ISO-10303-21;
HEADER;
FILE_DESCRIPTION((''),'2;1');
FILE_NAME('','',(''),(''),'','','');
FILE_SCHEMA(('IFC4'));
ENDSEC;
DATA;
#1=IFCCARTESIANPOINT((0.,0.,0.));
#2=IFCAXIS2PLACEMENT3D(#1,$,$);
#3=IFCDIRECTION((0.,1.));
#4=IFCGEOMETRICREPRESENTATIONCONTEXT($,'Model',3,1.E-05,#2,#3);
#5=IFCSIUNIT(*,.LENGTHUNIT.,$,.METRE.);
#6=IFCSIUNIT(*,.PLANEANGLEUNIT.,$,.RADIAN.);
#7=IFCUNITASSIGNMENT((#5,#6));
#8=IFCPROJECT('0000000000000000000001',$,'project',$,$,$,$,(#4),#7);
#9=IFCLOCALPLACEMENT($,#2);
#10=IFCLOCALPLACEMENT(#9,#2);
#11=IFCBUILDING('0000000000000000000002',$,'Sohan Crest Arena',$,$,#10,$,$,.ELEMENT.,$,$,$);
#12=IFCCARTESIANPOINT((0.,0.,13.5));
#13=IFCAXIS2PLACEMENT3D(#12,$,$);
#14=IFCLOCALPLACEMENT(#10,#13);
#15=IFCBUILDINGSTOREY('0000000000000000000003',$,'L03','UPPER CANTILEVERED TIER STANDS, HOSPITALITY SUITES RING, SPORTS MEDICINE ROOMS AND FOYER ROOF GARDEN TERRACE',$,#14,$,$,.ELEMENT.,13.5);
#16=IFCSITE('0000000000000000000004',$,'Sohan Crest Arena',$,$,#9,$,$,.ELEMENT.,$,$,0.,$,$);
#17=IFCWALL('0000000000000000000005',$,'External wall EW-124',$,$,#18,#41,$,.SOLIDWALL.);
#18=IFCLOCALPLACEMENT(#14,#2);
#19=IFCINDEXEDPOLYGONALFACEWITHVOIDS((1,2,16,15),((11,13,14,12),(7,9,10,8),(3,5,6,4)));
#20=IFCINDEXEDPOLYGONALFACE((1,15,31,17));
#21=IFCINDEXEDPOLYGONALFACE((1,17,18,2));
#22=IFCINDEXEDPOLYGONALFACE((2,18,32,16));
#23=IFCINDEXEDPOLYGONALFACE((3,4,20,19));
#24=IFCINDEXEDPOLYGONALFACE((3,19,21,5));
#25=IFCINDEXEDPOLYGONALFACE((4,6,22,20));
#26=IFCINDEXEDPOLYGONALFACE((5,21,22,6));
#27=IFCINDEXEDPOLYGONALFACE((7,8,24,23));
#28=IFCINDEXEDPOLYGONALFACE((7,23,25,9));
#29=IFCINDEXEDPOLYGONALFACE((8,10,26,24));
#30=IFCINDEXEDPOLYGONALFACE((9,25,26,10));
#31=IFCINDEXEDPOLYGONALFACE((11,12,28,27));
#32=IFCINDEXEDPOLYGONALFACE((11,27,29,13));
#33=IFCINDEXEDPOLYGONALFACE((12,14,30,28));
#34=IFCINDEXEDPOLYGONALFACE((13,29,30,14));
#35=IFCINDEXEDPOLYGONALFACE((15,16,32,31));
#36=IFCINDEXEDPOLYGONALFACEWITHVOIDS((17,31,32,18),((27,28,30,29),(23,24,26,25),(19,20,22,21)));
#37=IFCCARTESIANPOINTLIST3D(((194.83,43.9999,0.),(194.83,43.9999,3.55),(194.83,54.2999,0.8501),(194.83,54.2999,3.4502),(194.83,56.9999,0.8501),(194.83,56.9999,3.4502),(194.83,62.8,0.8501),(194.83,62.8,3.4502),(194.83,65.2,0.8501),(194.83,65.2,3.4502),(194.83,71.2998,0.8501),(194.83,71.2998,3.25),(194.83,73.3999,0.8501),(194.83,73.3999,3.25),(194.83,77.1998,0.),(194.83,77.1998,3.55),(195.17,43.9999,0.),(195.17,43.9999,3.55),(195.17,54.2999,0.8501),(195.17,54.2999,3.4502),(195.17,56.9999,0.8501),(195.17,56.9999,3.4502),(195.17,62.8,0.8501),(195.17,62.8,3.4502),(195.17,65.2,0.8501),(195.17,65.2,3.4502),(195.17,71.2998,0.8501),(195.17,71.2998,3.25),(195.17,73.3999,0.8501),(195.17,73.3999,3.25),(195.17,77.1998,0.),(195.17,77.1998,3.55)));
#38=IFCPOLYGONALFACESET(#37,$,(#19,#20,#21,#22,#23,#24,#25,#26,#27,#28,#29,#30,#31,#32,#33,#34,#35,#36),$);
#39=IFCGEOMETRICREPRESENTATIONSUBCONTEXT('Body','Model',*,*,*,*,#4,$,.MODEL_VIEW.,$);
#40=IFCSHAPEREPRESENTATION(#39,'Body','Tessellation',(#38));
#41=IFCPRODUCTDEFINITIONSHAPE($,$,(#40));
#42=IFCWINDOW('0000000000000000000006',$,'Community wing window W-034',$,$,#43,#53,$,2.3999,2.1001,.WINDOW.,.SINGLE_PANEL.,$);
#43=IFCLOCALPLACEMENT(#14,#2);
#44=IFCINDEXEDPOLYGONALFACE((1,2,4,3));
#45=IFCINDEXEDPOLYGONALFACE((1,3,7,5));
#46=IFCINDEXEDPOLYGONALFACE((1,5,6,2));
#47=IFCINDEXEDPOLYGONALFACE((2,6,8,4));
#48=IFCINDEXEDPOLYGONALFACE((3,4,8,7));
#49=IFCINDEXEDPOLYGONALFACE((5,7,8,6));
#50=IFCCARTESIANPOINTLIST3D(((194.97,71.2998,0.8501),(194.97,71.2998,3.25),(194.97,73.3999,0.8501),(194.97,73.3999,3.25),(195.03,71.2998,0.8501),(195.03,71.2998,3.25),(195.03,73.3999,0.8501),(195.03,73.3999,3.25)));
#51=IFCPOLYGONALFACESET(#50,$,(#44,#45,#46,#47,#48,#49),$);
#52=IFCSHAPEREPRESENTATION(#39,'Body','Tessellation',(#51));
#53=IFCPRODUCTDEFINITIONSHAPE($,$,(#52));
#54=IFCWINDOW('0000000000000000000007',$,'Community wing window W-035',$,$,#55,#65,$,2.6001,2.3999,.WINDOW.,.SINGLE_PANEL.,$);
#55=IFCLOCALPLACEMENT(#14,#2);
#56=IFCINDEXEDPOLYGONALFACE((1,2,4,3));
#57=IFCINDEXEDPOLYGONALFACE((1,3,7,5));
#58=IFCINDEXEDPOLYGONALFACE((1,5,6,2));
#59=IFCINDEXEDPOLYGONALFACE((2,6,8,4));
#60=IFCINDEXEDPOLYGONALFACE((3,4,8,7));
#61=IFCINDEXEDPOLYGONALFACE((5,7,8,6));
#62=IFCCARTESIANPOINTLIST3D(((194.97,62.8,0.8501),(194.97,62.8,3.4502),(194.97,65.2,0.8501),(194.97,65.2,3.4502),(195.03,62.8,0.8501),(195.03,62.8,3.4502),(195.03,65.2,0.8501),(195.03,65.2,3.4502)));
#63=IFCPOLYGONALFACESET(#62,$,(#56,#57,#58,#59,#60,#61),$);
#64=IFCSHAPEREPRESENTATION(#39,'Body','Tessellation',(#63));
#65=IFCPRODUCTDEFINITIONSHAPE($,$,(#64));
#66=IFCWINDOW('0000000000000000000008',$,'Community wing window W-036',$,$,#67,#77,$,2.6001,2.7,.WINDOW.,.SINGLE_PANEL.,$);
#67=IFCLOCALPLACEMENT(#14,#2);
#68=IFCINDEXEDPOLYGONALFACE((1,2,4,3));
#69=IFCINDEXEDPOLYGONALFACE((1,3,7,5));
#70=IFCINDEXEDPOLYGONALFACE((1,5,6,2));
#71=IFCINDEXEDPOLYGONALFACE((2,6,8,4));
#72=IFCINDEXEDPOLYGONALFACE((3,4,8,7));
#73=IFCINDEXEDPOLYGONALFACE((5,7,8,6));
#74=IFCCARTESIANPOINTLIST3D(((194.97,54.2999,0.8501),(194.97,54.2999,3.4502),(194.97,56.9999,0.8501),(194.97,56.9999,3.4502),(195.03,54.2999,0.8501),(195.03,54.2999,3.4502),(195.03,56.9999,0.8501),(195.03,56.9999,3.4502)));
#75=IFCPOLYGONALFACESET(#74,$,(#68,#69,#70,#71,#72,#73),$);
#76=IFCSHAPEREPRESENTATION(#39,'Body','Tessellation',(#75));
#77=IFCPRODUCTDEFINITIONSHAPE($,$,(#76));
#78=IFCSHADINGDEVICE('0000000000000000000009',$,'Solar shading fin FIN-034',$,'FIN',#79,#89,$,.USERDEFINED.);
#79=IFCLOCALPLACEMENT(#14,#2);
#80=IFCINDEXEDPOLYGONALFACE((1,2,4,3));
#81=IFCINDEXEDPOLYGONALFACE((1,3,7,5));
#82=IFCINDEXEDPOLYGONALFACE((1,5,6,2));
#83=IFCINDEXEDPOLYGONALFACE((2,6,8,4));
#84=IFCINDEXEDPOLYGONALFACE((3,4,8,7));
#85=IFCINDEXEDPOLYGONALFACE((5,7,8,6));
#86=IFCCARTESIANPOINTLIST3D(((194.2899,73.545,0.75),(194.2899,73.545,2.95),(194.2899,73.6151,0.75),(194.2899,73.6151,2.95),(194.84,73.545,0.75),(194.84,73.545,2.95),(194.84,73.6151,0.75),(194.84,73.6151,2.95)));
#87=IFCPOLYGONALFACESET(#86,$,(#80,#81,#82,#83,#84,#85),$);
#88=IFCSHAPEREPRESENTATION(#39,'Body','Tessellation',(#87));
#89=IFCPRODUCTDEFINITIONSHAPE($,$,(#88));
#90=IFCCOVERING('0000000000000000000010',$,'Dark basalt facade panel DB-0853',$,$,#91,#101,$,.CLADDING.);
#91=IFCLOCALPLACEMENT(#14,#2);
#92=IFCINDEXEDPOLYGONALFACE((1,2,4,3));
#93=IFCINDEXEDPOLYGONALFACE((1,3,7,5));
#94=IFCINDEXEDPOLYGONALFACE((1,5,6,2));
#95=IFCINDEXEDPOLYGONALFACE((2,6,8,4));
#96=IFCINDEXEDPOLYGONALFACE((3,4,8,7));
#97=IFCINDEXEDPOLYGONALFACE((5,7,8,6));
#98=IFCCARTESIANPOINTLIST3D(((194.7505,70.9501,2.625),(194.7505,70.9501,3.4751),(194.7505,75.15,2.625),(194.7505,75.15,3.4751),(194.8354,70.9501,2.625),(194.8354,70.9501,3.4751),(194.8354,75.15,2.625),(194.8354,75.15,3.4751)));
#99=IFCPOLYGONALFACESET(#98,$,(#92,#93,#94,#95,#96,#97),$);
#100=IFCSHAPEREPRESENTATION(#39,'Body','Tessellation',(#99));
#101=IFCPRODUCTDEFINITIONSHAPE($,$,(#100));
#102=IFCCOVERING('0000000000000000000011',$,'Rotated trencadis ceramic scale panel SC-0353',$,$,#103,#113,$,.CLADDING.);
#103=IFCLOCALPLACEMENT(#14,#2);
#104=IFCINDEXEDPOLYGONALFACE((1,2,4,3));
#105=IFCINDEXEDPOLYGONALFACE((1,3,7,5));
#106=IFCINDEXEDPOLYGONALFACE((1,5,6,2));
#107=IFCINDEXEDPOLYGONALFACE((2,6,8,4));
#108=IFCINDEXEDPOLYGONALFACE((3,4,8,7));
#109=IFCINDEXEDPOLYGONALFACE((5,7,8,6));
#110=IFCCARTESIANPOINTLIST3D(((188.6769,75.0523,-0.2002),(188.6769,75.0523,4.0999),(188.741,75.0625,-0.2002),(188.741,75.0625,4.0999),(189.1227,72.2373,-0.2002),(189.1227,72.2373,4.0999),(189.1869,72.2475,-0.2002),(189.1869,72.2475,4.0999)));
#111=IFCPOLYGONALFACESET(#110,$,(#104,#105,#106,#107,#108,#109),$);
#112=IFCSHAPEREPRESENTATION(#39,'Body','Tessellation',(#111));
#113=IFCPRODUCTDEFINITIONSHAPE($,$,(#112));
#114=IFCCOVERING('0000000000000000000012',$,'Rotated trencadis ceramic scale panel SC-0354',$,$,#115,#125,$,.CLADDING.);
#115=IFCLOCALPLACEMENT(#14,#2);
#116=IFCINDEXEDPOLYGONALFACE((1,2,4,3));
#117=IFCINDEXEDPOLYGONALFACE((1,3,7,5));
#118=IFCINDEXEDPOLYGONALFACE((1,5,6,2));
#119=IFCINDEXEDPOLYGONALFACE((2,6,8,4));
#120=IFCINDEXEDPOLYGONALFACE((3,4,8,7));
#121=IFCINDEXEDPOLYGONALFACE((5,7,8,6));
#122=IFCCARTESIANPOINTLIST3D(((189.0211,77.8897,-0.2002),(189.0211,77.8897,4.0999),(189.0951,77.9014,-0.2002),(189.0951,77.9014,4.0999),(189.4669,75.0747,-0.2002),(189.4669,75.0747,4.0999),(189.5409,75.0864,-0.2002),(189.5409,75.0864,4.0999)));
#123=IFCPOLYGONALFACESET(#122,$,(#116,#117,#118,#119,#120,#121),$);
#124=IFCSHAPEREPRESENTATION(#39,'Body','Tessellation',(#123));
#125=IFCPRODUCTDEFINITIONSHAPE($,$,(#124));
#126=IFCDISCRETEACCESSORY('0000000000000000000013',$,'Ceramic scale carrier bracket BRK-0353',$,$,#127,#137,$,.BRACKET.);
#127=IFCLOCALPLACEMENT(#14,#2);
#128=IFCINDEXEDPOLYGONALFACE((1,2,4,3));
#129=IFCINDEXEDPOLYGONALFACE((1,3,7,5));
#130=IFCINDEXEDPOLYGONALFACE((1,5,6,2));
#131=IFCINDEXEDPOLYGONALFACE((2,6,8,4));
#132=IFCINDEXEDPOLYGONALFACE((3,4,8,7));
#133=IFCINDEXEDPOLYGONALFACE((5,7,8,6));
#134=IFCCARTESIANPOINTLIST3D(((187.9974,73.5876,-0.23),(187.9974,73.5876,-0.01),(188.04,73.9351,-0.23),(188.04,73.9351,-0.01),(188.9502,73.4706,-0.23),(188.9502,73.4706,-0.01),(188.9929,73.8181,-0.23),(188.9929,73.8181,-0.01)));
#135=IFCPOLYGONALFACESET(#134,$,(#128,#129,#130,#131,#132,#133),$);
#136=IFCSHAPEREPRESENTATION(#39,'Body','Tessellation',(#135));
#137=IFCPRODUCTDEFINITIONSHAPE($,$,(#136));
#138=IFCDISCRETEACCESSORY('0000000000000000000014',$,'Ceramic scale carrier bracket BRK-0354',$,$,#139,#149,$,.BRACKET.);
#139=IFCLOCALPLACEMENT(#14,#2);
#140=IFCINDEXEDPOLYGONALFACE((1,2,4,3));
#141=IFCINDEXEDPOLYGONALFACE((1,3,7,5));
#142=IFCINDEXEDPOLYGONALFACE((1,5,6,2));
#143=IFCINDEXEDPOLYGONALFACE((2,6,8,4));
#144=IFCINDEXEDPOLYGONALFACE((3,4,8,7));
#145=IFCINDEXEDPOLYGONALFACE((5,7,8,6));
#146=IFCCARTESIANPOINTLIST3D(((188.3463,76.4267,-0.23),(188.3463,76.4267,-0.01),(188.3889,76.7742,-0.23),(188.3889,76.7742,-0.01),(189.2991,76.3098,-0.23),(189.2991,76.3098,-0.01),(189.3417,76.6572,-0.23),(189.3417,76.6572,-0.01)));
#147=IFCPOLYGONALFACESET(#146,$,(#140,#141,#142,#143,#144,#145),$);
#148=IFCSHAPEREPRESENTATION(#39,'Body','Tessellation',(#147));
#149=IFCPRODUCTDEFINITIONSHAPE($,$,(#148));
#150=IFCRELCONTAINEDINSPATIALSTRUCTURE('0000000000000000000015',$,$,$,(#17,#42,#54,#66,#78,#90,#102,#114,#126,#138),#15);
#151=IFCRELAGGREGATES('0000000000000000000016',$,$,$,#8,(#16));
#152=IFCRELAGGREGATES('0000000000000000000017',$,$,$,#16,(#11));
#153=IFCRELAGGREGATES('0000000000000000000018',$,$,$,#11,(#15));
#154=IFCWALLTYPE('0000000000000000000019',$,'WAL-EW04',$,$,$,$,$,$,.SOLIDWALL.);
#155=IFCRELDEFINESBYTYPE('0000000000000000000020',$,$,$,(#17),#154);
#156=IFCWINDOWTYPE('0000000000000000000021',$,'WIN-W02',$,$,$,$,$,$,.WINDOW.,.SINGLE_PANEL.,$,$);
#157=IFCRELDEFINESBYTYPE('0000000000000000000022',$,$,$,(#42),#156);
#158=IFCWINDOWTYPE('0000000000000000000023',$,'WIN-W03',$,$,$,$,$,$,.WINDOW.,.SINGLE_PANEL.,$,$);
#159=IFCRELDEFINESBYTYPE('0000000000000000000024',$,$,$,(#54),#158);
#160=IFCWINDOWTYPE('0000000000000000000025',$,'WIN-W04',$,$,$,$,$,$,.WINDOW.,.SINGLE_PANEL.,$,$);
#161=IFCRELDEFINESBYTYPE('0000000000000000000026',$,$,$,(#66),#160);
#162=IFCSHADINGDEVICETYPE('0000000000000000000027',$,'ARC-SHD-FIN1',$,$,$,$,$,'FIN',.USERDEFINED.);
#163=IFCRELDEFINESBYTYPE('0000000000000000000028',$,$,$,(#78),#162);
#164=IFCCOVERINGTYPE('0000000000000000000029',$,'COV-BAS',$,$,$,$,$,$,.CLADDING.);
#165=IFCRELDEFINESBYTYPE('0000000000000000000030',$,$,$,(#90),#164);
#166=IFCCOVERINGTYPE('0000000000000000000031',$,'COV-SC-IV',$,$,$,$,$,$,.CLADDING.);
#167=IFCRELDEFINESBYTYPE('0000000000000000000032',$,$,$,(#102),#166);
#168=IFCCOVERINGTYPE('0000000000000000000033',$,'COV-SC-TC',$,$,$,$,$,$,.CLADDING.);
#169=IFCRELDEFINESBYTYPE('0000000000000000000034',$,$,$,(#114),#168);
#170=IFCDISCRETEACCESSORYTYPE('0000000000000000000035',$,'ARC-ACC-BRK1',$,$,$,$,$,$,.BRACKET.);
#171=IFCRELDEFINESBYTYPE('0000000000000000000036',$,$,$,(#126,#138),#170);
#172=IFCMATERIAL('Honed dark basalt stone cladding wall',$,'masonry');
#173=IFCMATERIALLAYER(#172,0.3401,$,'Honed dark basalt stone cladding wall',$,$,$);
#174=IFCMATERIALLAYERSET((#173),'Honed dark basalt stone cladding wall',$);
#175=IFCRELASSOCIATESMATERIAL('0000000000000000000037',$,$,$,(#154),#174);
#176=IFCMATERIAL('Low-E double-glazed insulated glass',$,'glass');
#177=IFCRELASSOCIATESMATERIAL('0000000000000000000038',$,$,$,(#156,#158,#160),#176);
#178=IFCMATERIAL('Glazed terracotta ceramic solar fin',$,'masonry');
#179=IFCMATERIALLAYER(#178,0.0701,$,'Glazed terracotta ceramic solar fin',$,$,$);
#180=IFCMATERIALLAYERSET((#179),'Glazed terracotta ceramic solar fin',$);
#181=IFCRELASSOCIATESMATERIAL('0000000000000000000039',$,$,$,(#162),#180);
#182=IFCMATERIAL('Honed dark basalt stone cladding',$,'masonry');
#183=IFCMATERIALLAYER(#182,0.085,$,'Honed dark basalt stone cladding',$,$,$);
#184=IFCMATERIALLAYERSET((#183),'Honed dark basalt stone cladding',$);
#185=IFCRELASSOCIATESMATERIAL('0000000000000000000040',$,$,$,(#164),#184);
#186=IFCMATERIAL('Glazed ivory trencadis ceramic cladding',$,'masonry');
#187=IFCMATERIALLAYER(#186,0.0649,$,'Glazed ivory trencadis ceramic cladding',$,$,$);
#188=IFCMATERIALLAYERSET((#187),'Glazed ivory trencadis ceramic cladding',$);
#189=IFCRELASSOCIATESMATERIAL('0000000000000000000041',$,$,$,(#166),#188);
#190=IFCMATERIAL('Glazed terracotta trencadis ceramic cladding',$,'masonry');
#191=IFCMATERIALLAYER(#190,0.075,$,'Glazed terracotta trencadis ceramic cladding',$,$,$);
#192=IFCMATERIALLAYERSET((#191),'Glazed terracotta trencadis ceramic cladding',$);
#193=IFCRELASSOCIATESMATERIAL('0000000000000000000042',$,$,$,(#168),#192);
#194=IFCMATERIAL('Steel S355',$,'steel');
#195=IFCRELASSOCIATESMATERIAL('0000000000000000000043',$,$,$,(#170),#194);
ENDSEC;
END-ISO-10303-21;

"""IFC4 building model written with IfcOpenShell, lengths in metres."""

from ifc_helpers import new_model, si_unit, direction, frame, frame_2d, origin, origin_2d, place, context, subcontext, project, spatial, rectangle, extrude, material, layer, layer_set, type_object, element, fill, save


model = new_model("IFC4")

# Units and contexts
model_context = context("Model", 3, precision=1e-05, world=origin(), true_north=direction((0.0, 1.0)))
body_context = subcontext(model_context, "Body", "Model", "MODEL_VIEW")
ifc_project = project(units=[si_unit("LENGTHUNIT", "METRE"), si_unit("PLANEANGLEUNIT", "RADIAN")], contexts=[model_context])

# Site, building, storey
site_placement = place(None, origin())
site = spatial("IfcSite", under=ifc_project, at=site_placement, Name="Sohan Crest Arena", CompositionType="ELEMENT", RefElevation=0.0)
building_placement = place(site_placement, origin())
building = spatial("IfcBuilding", under=site, at=building_placement, Name="Sohan Crest Arena", CompositionType="ELEMENT")
storey_placement = place(building_placement, frame((0.0, 0.0, 13.5)))
storey = spatial("IfcBuildingStorey", under=building, at=storey_placement, Name="L03", Description="UPPER CANTILEVERED TIER STANDS, HOSPITALITY SUITES RING, SPORTS MEDICINE ROOMS AND FOYER ROOF GARDEN TERRACE", CompositionType="ELEMENT", Elevation=13.5)

# Wall, openings, windows
ifc_material_1 = material(Name="Honed dark basalt stone cladding wall", Category="masonry")
ifc_layer_1 = layer(ifc_material_1, 0.3401, Name="Honed dark basalt stone cladding wall")
ifc_layer_set_1 = layer_set([ifc_layer_1], Name="Honed dark basalt stone cladding wall")
wall_type = type_object("IfcWallType", Name="WAL-EW04", PredefinedType="SOLIDWALL", material=ifc_layer_set_1)
wall_placement = place(storey_placement, frame((195.0, 77.2, 0.0), z_axis=(0.0, 0.0, 1.0), x_axis=(0.0, -1.0, 0.0)))
wall = element("IfcWall", 1, at=wall_placement, inside=storey, type_object=wall_type, Name="External wall EW-124", PredefinedType="SOLIDWALL", context=body_context, shape_type="SweptSolid", body=[
    extrude(rectangle(XDim=33.2, YDim=0.3401, at=frame_2d((16.6001, 0.0))), origin(), (0.0, 0.0, 1.0), 3.55),
])
opening_1_placement = place(wall_placement, frame((3.8, 0.0, 0.8501)))
opening_1 = element("IfcOpeningElement", 2, at=opening_1_placement, cuts=wall, PredefinedType="OPENING", context=body_context, shape_type="SweptSolid", body=[
    extrude(rectangle(XDim=2.1001, YDim=2.3999, at=frame_2d((1.05, 1.2))), frame((0.0, 0.1799, 0.0), z_axis=(0.0, -1.0, 0.0), x_axis=(1.0, 0.0, 0.0)), (0.0, 0.0, 1.0), 0.3601),
])
opening_2_placement = place(wall_placement, frame((12.0, 0.0, 0.8501)))
opening_2 = element("IfcOpeningElement", 3, at=opening_2_placement, cuts=wall, PredefinedType="OPENING", context=body_context, shape_type="SweptSolid", body=[
    extrude(rectangle(XDim=2.3999, YDim=2.6001, at=frame_2d((1.2, 1.3))), frame((0.0, 0.1799, 0.0), z_axis=(0.0, -1.0, 0.0), x_axis=(1.0, 0.0, 0.0)), (0.0, 0.0, 1.0), 0.3601),
])
opening_3_placement = place(wall_placement, frame((20.2, 0.0, 0.8501)))
opening_3 = element("IfcOpeningElement", 4, at=opening_3_placement, cuts=wall, PredefinedType="OPENING", context=body_context, shape_type="SweptSolid", body=[
    extrude(rectangle(XDim=2.7, YDim=2.6001, at=frame_2d((1.3501, 1.3))), frame((0.0, 0.1799, 0.0), z_axis=(0.0, -1.0, 0.0), x_axis=(1.0, 0.0, 0.0)), (0.0, 0.0, 1.0), 0.3601),
])
ifc_material_2 = material(Name="Low-E double-glazed insulated glass", Category="glass")
window_type_1 = type_object("IfcWindowType", Name="WIN-W02", PartitioningType="SINGLE_PANEL", PredefinedType="WINDOW", material=ifc_material_2)
window_1_placement = place(opening_1_placement, origin())
window_1 = element("IfcWindow", 5, at=window_1_placement, inside=storey, type_object=window_type_1, Name="Community wing window W-034", OverallHeight=2.3999, OverallWidth=2.1001, PartitioningType="SINGLE_PANEL", PredefinedType="WINDOW", context=body_context, shape_type="SweptSolid", body=[
    extrude(rectangle(XDim=2.1001, YDim=2.3999, at=frame_2d((1.05, 1.2))), frame((0.0, 0.03, 0.0), z_axis=(0.0, -1.0, 0.0), x_axis=(1.0, 0.0, 0.0)), (0.0, 0.0, 1.0), 0.0601),
])
fill(opening_1, window_1)
window_type_2 = type_object("IfcWindowType", Name="WIN-W03", PartitioningType="SINGLE_PANEL", PredefinedType="WINDOW", material=ifc_material_2)
window_2_placement = place(opening_2_placement, origin())
window_2 = element("IfcWindow", 6, at=window_2_placement, inside=storey, type_object=window_type_2, Name="Community wing window W-035", OverallHeight=2.6001, OverallWidth=2.3999, PartitioningType="SINGLE_PANEL", PredefinedType="WINDOW", context=body_context, shape_type="SweptSolid", body=[
    extrude(rectangle(XDim=2.3999, YDim=2.6001, at=frame_2d((1.2, 1.3))), frame((0.0, 0.03, 0.0), z_axis=(0.0, -1.0, 0.0), x_axis=(1.0, 0.0, 0.0)), (0.0, 0.0, 1.0), 0.0601),
])
fill(opening_2, window_2)
window_type_3 = type_object("IfcWindowType", Name="WIN-W04", PartitioningType="SINGLE_PANEL", PredefinedType="WINDOW", material=ifc_material_2)
window_3_placement = place(opening_3_placement, origin())
window_3 = element("IfcWindow", 7, at=window_3_placement, inside=storey, type_object=window_type_3, Name="Community wing window W-036", OverallHeight=2.6001, OverallWidth=2.7, PartitioningType="SINGLE_PANEL", PredefinedType="WINDOW", context=body_context, shape_type="SweptSolid", body=[
    extrude(rectangle(XDim=2.7, YDim=2.6001, at=frame_2d((1.3501, 1.3))), frame((0.0, 0.03, 0.0), z_axis=(0.0, -1.0, 0.0), x_axis=(1.0, 0.0, 0.0)), (0.0, 0.0, 1.0), 0.0601),
])
fill(opening_3, window_3)

# Shading device
ifc_material_3 = material(Name="Glazed terracotta ceramic solar fin", Category="masonry")
ifc_layer_2 = layer(ifc_material_3, 0.0701, Name="Glazed terracotta ceramic solar fin")
ifc_layer_set_2 = layer_set([ifc_layer_2], Name="Glazed terracotta ceramic solar fin")
shading_device_type = type_object("IfcShadingDeviceType", Name="ARC-SHD-FIN1", ElementType="FIN", PredefinedType="USERDEFINED", material=ifc_layer_set_2)
shading_device_placement = place(storey_placement, frame((194.5649, 73.5801, 0.75), z_axis=(0.0, 0.0, 1.0), x_axis=(0.0, -1.0, 0.0)))
element("IfcShadingDevice", 8, at=shading_device_placement, inside=storey, type_object=shading_device_type, Name="Solar shading fin FIN-034", ObjectType="FIN", PredefinedType="USERDEFINED", context=body_context, shape_type="SweptSolid", body=[
    extrude(rectangle(XDim=0.0701, YDim=0.55, at=origin_2d()), origin(), (0.0, 0.0, 1.0), 2.2),
])

# Coverings
ifc_material_4 = material(Name="Honed dark basalt stone cladding", Category="masonry")
ifc_layer_3 = layer(ifc_material_4, 0.085, Name="Honed dark basalt stone cladding")
ifc_layer_set_3 = layer_set([ifc_layer_3], Name="Honed dark basalt stone cladding")
covering_type_1 = type_object("IfcCoveringType", Name="COV-BAS", PredefinedType="CLADDING", material=ifc_layer_set_3)
covering_1_placement = place(storey_placement, frame((194.793, 73.05, 2.625), z_axis=(0.0, 0.0, 1.0), x_axis=(0.0, -1.0, 0.0)))
element("IfcCovering", 9, at=covering_1_placement, inside=storey, type_object=covering_type_1, Name="Dark basalt facade panel DB-0853", PredefinedType="CLADDING", context=body_context, shape_type="SweptSolid", body=[
    extrude(rectangle(XDim=4.2, YDim=0.085, at=origin_2d()), origin(), (0.0, 0.0, 1.0), 0.8501),
])
ifc_material_5 = material(Name="Glazed ivory trencadis ceramic cladding", Category="masonry")
ifc_layer_4 = layer(ifc_material_5, 0.0649, Name="Glazed ivory trencadis ceramic cladding")
ifc_layer_set_4 = layer_set([ifc_layer_4], Name="Glazed ivory trencadis ceramic cladding")
covering_type_2 = type_object("IfcCoveringType", Name="COV-SC-IV", PredefinedType="CLADDING", material=ifc_layer_set_4)
covering_2_placement = place(storey_placement, frame((188.9319, 73.6499, -0.2002), z_axis=(0.0, 0.0, 1.0), x_axis=(-0.156434, 0.987688, 0.0)))
element("IfcCovering", 10, at=covering_2_placement, inside=storey, type_object=covering_type_2, Name="Rotated trencadis ceramic scale panel SC-0353", PredefinedType="CLADDING", context=body_context, shape_type="SweptSolid", body=[
    extrude(rectangle(XDim=2.8501, YDim=0.0649, at=origin_2d()), origin(), (0.0, 0.0, 1.0), 4.3),
])
ifc_material_6 = material(Name="Glazed terracotta trencadis ceramic cladding", Category="masonry")
ifc_layer_5 = layer(ifc_material_6, 0.075, Name="Glazed terracotta trencadis ceramic cladding")
ifc_layer_set_5 = layer_set([ifc_layer_5], Name="Glazed terracotta trencadis ceramic cladding")
covering_type_3 = type_object("IfcCoveringType", Name="COV-SC-TC", PredefinedType="CLADDING", material=ifc_layer_set_5)
covering_3_placement = place(storey_placement, frame((189.281, 76.488, -0.2002), z_axis=(0.0, 0.0, 1.0), x_axis=(-0.156434, 0.987688, 0.0)))
element("IfcCovering", 11, at=covering_3_placement, inside=storey, type_object=covering_type_3, Name="Rotated trencadis ceramic scale panel SC-0354", PredefinedType="CLADDING", context=body_context, shape_type="SweptSolid", body=[
    extrude(rectangle(XDim=2.8501, YDim=0.075, at=origin_2d()), origin(), (0.0, 0.0, 1.0), 4.3),
])

# Discrete accessories
ifc_material_7 = material(Name="Steel S355", Category="steel")
discrete_accessory_type = type_object("IfcDiscreteAccessoryType", Name="ARC-ACC-BRK1", PredefinedType="BRACKET", material=ifc_material_7)
for number, where, z_axis, x_axis, name in (
    (12, (188.4951, 73.7029, -0.23), (0.0, 0.0, 1.0), (0.121869, 0.992546, 0.0), "Ceramic scale carrier bracket BRK-0353"),
    (13, (188.844, 76.542, -0.23), (0.0, 0.0, 1.0), (0.121869, 0.992546, 0.0), "Ceramic scale carrier bracket BRK-0354"),
):
    element("IfcDiscreteAccessory", number, at=place(storey_placement, frame(where, z_axis=z_axis, x_axis=x_axis)), inside=storey, type_object=discrete_accessory_type, Name=name, PredefinedType="BRACKET", context=body_context, shape_type="SweptSolid", body=[
        extrude(rectangle(XDim=0.3501, YDim=0.96, at=origin_2d()), origin(), (0.0, 0.0, 1.0), 0.22),
    ])

save(model, "model.ifc")
